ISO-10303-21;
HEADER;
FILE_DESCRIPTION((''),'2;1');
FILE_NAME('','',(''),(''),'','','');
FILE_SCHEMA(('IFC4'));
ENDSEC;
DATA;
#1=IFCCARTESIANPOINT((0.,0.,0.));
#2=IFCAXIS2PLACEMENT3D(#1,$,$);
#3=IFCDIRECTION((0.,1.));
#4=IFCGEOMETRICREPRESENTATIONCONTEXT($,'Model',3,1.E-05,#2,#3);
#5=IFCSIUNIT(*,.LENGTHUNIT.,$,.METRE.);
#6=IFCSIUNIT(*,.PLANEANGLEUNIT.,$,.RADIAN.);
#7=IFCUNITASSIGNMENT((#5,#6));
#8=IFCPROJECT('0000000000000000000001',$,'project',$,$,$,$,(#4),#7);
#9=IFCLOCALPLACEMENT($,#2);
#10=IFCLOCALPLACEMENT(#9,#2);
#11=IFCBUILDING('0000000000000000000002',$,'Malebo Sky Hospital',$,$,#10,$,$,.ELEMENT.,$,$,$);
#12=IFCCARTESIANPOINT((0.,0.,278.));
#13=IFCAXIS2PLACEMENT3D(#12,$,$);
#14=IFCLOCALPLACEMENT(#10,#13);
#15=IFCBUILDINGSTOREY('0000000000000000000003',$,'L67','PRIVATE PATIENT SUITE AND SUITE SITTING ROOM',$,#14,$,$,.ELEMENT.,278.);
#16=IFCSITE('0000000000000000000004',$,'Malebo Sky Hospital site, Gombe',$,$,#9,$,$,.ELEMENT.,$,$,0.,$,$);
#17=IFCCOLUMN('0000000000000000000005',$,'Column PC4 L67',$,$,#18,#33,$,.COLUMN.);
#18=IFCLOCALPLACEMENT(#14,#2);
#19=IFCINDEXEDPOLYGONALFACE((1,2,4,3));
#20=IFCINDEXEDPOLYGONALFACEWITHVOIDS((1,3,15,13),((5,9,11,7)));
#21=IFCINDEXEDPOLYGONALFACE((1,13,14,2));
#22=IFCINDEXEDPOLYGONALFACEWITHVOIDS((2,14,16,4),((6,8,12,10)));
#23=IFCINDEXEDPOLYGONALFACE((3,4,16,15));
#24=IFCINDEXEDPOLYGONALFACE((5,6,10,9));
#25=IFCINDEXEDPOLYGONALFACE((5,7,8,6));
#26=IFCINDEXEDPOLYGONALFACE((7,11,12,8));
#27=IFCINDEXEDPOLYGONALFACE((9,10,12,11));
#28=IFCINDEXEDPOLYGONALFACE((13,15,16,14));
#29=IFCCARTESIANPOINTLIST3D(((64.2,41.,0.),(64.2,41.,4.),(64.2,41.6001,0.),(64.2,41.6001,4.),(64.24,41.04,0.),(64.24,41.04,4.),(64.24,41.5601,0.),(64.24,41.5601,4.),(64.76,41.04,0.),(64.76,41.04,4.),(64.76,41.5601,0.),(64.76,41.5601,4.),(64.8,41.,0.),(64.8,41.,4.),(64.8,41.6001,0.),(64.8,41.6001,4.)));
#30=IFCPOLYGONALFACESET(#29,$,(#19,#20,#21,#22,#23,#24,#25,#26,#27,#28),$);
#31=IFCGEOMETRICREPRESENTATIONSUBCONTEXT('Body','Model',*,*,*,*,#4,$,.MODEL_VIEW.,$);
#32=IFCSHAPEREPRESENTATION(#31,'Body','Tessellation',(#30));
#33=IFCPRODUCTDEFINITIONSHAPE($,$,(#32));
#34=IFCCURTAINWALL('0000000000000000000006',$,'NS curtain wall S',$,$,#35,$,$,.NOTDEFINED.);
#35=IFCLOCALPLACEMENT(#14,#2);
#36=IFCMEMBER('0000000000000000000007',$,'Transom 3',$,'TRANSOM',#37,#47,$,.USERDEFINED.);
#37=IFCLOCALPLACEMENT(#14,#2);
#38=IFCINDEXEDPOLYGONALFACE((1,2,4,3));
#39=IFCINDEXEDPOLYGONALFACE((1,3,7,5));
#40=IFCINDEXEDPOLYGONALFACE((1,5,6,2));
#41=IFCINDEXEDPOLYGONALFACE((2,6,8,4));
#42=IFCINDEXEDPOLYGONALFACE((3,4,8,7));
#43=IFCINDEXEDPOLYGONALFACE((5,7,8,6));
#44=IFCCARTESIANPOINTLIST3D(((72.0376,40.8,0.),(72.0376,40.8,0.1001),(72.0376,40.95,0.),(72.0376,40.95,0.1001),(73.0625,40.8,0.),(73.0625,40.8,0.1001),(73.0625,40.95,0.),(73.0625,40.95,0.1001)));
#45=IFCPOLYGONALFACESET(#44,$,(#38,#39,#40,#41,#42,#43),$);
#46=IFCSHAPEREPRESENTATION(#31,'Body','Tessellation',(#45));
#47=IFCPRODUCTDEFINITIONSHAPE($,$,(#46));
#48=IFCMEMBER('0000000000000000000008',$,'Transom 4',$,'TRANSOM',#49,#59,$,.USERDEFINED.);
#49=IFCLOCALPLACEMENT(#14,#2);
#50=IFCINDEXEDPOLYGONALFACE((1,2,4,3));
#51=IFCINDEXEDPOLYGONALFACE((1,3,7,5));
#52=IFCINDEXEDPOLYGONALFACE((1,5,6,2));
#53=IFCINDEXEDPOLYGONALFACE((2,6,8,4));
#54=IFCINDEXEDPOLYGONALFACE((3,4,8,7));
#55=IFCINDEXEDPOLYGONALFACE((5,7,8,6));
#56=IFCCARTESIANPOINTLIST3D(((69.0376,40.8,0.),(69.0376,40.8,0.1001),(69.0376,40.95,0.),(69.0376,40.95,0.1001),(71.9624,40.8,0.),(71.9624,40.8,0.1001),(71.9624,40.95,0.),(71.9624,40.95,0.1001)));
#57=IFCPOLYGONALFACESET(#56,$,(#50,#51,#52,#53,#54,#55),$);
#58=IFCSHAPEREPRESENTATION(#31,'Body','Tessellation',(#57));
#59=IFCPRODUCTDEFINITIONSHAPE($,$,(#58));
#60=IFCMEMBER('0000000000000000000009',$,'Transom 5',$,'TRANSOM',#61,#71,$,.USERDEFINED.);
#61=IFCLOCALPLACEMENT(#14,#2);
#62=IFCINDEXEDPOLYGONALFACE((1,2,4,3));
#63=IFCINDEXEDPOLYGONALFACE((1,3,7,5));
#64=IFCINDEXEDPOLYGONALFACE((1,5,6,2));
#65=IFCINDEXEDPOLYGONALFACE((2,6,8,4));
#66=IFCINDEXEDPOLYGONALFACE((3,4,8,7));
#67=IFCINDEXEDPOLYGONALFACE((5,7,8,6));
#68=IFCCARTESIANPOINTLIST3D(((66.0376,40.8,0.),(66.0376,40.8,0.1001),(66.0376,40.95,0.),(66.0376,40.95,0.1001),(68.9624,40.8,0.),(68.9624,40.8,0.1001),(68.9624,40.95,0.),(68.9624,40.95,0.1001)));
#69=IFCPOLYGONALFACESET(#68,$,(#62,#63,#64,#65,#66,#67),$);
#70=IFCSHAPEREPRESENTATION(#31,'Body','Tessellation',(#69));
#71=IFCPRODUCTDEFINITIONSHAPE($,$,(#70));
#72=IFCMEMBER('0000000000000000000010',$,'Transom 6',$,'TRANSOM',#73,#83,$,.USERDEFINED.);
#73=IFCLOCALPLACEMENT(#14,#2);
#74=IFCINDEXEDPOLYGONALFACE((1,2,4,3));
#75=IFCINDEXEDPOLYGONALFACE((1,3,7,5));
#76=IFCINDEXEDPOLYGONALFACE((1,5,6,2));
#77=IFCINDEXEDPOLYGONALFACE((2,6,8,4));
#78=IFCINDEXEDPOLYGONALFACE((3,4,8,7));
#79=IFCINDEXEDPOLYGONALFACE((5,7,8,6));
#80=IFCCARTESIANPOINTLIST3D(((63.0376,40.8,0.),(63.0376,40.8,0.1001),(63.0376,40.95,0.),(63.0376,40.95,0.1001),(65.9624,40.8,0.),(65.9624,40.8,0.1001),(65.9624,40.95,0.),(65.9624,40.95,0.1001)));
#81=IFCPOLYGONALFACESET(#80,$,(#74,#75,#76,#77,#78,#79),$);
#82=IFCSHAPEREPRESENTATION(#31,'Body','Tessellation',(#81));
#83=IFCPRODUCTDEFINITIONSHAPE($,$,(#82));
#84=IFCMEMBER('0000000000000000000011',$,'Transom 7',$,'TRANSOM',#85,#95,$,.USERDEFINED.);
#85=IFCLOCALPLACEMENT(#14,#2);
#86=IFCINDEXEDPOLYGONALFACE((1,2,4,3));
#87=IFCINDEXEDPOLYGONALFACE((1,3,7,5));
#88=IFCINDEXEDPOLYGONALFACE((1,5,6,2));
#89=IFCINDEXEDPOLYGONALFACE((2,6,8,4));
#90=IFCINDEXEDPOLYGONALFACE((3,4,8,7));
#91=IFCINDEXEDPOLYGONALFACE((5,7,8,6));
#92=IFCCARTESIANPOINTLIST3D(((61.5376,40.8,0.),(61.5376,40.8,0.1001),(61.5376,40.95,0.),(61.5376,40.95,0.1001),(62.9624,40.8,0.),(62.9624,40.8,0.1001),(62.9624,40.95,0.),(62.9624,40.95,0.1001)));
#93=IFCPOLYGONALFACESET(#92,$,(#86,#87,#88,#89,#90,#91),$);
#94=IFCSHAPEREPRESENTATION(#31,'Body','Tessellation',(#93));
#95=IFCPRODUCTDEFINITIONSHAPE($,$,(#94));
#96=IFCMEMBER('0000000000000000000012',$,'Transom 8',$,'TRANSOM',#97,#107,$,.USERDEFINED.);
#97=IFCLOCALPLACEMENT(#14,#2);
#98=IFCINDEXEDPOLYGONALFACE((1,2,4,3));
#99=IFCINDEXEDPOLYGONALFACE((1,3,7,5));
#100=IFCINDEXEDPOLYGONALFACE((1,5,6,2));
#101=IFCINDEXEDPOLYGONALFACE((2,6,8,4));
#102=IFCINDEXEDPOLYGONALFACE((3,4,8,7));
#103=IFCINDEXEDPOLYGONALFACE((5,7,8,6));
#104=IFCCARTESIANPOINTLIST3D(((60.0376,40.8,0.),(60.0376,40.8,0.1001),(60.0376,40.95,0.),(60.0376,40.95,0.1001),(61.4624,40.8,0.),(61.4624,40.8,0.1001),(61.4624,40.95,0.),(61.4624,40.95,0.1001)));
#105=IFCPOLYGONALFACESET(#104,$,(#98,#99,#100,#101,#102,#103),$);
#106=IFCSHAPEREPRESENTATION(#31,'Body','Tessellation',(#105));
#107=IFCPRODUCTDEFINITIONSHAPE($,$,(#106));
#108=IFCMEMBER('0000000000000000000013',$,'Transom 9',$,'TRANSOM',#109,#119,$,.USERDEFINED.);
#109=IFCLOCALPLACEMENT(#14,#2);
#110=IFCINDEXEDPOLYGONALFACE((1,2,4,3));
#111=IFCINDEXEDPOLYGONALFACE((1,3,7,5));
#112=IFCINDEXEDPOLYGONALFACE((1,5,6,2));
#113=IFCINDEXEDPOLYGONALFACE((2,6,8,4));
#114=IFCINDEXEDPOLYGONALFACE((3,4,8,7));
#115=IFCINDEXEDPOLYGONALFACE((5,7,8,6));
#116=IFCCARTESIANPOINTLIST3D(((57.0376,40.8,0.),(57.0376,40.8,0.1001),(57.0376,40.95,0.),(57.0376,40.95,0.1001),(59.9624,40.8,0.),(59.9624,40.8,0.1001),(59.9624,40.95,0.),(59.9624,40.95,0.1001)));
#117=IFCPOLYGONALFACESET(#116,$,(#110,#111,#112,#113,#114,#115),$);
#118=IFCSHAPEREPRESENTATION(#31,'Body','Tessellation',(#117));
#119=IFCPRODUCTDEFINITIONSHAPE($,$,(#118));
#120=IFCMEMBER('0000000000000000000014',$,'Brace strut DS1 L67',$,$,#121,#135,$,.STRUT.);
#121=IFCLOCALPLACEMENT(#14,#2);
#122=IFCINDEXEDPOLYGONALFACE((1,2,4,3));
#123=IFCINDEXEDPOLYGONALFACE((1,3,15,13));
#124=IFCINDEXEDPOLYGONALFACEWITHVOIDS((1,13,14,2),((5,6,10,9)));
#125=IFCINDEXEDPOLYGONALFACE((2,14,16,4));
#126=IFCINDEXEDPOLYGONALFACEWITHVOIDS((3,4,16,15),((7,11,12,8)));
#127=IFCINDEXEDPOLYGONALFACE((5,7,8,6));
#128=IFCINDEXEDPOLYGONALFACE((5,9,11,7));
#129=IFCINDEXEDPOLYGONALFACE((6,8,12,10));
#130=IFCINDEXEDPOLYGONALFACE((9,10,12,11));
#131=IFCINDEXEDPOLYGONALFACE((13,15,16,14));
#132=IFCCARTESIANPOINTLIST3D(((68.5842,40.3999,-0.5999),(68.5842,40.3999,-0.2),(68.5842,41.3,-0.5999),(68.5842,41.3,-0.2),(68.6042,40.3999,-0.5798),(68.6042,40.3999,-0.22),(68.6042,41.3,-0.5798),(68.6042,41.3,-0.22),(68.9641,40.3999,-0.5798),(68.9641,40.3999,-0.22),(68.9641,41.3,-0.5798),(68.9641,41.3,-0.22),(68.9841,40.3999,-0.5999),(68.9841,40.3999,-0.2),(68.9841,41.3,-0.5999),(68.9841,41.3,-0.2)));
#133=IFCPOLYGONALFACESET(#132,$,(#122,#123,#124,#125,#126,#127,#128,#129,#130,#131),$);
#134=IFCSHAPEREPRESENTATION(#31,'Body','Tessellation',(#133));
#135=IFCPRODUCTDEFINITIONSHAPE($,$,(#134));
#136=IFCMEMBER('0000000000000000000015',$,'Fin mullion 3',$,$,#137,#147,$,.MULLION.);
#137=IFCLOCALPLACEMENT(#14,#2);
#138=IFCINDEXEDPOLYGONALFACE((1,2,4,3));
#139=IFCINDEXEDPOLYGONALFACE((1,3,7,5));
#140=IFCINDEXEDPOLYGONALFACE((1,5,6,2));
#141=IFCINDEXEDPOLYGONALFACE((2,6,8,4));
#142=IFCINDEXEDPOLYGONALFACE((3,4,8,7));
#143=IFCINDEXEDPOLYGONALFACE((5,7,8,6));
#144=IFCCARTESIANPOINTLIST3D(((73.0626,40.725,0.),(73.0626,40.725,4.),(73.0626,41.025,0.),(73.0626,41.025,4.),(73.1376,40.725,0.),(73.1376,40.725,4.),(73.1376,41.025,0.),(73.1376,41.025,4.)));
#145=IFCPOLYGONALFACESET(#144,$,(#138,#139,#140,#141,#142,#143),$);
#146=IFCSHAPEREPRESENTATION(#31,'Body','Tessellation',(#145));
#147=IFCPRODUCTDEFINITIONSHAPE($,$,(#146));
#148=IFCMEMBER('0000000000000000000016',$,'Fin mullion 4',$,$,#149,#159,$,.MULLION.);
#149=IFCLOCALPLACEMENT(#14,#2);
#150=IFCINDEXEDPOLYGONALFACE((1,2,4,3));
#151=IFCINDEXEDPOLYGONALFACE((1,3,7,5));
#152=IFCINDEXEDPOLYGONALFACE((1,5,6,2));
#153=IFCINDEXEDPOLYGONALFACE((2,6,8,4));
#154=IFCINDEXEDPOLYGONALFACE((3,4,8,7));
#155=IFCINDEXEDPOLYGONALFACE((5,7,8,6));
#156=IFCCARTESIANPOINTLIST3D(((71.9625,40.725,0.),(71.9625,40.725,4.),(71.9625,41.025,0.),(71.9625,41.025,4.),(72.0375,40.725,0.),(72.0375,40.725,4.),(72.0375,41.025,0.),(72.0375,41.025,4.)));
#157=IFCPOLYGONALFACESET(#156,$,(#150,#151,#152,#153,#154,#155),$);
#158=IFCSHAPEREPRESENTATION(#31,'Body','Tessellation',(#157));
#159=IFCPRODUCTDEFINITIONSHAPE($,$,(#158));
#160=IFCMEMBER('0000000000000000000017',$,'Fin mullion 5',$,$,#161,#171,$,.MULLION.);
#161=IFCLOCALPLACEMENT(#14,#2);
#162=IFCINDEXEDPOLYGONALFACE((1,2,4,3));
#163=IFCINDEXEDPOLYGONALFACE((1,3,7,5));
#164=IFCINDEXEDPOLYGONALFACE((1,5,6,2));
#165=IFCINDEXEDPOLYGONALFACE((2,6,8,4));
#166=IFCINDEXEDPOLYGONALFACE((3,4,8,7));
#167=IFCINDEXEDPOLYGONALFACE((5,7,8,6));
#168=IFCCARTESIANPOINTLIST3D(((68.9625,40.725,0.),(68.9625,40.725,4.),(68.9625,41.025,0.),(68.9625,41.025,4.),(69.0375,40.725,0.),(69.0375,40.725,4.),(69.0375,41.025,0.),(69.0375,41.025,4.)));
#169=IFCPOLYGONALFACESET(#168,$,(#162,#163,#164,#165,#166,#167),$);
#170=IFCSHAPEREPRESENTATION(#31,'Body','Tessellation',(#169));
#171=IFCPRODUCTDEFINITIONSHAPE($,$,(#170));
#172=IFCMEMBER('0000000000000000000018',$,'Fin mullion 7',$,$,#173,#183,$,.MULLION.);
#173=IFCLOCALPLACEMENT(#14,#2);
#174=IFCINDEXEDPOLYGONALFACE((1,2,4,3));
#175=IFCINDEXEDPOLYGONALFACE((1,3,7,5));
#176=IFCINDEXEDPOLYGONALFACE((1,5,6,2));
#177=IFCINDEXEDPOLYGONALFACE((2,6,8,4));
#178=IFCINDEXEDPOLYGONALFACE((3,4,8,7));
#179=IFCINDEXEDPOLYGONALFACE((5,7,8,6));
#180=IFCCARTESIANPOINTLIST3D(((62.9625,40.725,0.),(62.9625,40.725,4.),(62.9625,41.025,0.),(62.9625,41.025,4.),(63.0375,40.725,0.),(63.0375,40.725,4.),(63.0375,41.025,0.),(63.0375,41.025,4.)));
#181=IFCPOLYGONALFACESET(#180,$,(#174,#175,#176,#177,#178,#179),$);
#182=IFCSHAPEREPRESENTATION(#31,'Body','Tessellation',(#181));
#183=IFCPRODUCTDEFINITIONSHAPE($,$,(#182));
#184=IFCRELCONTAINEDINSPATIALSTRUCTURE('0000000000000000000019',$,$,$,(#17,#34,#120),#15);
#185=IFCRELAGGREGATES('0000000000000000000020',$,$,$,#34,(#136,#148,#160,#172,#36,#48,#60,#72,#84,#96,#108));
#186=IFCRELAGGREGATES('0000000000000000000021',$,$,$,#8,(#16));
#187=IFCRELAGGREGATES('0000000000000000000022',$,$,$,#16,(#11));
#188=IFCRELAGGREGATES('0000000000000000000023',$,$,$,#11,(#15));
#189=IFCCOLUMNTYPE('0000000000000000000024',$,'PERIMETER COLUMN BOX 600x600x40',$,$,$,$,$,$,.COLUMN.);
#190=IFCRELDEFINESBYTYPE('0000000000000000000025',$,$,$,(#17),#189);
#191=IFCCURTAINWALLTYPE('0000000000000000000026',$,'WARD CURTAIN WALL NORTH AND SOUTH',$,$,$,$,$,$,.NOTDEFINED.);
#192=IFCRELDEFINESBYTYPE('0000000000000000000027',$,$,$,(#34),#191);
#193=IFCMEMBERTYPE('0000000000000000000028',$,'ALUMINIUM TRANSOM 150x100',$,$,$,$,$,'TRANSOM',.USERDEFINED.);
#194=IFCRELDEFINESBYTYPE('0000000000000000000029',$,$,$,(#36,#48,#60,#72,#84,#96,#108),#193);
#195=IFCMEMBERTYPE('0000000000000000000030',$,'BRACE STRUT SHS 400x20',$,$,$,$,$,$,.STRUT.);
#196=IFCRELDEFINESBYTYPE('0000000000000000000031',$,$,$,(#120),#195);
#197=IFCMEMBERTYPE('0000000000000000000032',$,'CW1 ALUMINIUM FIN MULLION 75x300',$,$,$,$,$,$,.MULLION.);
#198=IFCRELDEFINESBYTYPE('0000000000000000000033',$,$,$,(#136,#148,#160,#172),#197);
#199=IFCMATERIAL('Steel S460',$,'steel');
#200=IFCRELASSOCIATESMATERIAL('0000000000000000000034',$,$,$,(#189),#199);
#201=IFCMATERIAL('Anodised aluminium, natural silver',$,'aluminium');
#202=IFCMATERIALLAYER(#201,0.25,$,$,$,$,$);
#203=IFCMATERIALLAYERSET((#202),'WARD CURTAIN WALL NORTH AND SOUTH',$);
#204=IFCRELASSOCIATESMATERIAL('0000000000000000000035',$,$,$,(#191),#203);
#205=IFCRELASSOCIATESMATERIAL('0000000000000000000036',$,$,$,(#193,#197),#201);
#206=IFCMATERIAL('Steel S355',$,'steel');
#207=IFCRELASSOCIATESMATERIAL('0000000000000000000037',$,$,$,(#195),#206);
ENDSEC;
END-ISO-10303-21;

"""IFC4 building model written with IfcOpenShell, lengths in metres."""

from ifc_helpers import new_model, si_unit, direction, frame, origin, origin_2d, place, context, subcontext, project, spatial, rectangle, hollow_rectangle, extrude, material, layer, layer_set, material_profile, profile_set, type_object, element, aggregate, save


model = new_model("IFC4")

# Units and contexts
model_context = context("Model", 3, precision=1e-05, world=origin(), true_north=direction((0.0, 1.0)))
body_context = subcontext(model_context, "Body", "Model", "MODEL_VIEW")
ifc_project = project(units=[si_unit("LENGTHUNIT", "METRE"), si_unit("PLANEANGLEUNIT", "RADIAN")], contexts=[model_context])

# Site, building, storey
site_placement = place(None, origin())
site = spatial("IfcSite", under=ifc_project, at=site_placement, Name="Malebo Sky Hospital site, Gombe", CompositionType="ELEMENT", RefElevation=0.0)
building_placement = place(site_placement, origin())
building = spatial("IfcBuilding", under=site, at=building_placement, Name="Malebo Sky Hospital", CompositionType="ELEMENT")
storey_placement = place(building_placement, frame((0.0, 0.0, 278.0)))
storey = spatial("IfcBuildingStorey", under=building, at=storey_placement, Name="L67", Description="PRIVATE PATIENT SUITE AND SUITE SITTING ROOM", CompositionType="ELEMENT", Elevation=278.0)

# Column
ifc_material_1 = material(Name="Steel S460", Category="steel")
ifc_material_profile_1 = material_profile(ifc_material_1, hollow_rectangle(XDim=0.6001, YDim=0.6001, WallThickness=0.04, at=origin_2d()), Name="BOX 600x600x40")
ifc_profile_set_1 = profile_set([ifc_material_profile_1], Name="Steel S460")
column_type = type_object("IfcColumnType", Name="PERIMETER COLUMN BOX 600x600x40", PredefinedType="COLUMN", material=ifc_profile_set_1)
column_placement = place(storey_placement, frame((64.5, 41.3, 0.0), z_axis=(0.0, 0.0, 1.0), x_axis=(1.0, 0.0, 0.0)))
element("IfcColumn", 1, at=column_placement, inside=storey, type_object=column_type, Name="Column PC4 L67", PredefinedType="COLUMN", context=body_context, shape_type="SweptSolid", body=[
    extrude(hollow_rectangle(XDim=0.6001, YDim=0.6001, WallThickness=0.04, at=origin_2d()), origin(), (0.0, 0.0, 1.0), 4.0),
])

# Curtain wall, members
ifc_material_2 = material(Name="Anodised aluminium, natural silver", Category="aluminium")
ifc_layer_1 = layer(ifc_material_2, 0.25)
ifc_layer_set_1 = layer_set([ifc_layer_1], Name="WARD CURTAIN WALL NORTH AND SOUTH")
curtain_wall_type = type_object("IfcCurtainWallType", Name="WARD CURTAIN WALL NORTH AND SOUTH", PredefinedType="NOTDEFINED", material=ifc_layer_set_1)
curtain_wall_placement = place(storey_placement, origin())
curtain_wall = element("IfcCurtainWall", 2, at=curtain_wall_placement, inside=storey, type_object=curtain_wall_type, Name="NS curtain wall S", PredefinedType="NOTDEFINED")
ifc_material_profile_2 = material_profile(ifc_material_2, rectangle(XDim=0.1499, YDim=0.1001, at=origin_2d()), Name="ALUMINIUM TRANSOM 150x100")
ifc_profile_set_2 = profile_set([ifc_material_profile_2], Name="Anodised aluminium, natural silver")
member_type_1 = type_object("IfcMemberType", Name="ALUMINIUM TRANSOM 150x100", ElementType="TRANSOM", PredefinedType="USERDEFINED", material=ifc_profile_set_2)
member_1_placement = place(storey_placement, frame((73.0625, 40.875, 0.05), z_axis=(-1.0, 0.0, 0.0), x_axis=(0.0, -1.0, 0.0)))
member_1 = element("IfcMember", 3, at=member_1_placement, type_object=member_type_1, Name="Transom 3", ObjectType="TRANSOM", PredefinedType="USERDEFINED", context=body_context, shape_type="SweptSolid", body=[
    extrude(rectangle(XDim=0.1499, YDim=0.1001, at=origin_2d()), origin(), (0.0, 0.0, 1.0), 1.0249),
])
member_2_placement = place(storey_placement, frame((71.9624, 40.875, 0.05), z_axis=(-1.0, 0.0, 0.0), x_axis=(0.0, -1.0, 0.0)))
member_2 = element("IfcMember", 4, at=member_2_placement, type_object=member_type_1, Name="Transom 4", ObjectType="TRANSOM", PredefinedType="USERDEFINED", context=body_context, shape_type="SweptSolid", body=[
    extrude(rectangle(XDim=0.1499, YDim=0.1001, at=origin_2d()), origin(), (0.0, 0.0, 1.0), 2.9248),
])
member_3_placement = place(storey_placement, frame((68.9624, 40.875, 0.05), z_axis=(-1.0, 0.0, 0.0), x_axis=(0.0, -1.0, 0.0)))
member_3 = element("IfcMember", 5, at=member_3_placement, type_object=member_type_1, Name="Transom 5", ObjectType="TRANSOM", PredefinedType="USERDEFINED", context=body_context, shape_type="SweptSolid", body=[
    extrude(rectangle(XDim=0.1499, YDim=0.1001, at=origin_2d()), origin(), (0.0, 0.0, 1.0), 2.9248),
])
member_4_placement = place(storey_placement, frame((65.9624, 40.875, 0.05), z_axis=(-1.0, 0.0, 0.0), x_axis=(0.0, -1.0, 0.0)))
member_4 = element("IfcMember", 6, at=member_4_placement, type_object=member_type_1, Name="Transom 6", ObjectType="TRANSOM", PredefinedType="USERDEFINED", context=body_context, shape_type="SweptSolid", body=[
    extrude(rectangle(XDim=0.1499, YDim=0.1001, at=origin_2d()), origin(), (0.0, 0.0, 1.0), 2.9248),
])
member_5_placement = place(storey_placement, frame((62.9624, 40.875, 0.05), z_axis=(-1.0, 0.0, 0.0), x_axis=(0.0, -1.0, 0.0)))
member_5 = element("IfcMember", 7, at=member_5_placement, type_object=member_type_1, Name="Transom 7", ObjectType="TRANSOM", PredefinedType="USERDEFINED", context=body_context, shape_type="SweptSolid", body=[
    extrude(rectangle(XDim=0.1499, YDim=0.1001, at=origin_2d()), origin(), (0.0, 0.0, 1.0), 1.4248),
])
member_6_placement = place(storey_placement, frame((61.4624, 40.875, 0.05), z_axis=(-1.0, 0.0, 0.0), x_axis=(0.0, -1.0, 0.0)))
member_6 = element("IfcMember", 8, at=member_6_placement, type_object=member_type_1, Name="Transom 8", ObjectType="TRANSOM", PredefinedType="USERDEFINED", context=body_context, shape_type="SweptSolid", body=[
    extrude(rectangle(XDim=0.1499, YDim=0.1001, at=origin_2d()), origin(), (0.0, 0.0, 1.0), 1.4248),
])
member_7_placement = place(storey_placement, frame((59.9624, 40.875, 0.05), z_axis=(-1.0, 0.0, 0.0), x_axis=(0.0, -1.0, 0.0)))
member_7 = element("IfcMember", 9, at=member_7_placement, type_object=member_type_1, Name="Transom 9", ObjectType="TRANSOM", PredefinedType="USERDEFINED", context=body_context, shape_type="SweptSolid", body=[
    extrude(rectangle(XDim=0.1499, YDim=0.1001, at=origin_2d()), origin(), (0.0, 0.0, 1.0), 2.9248),
])

# Members
ifc_material_3 = material(Name="Steel S355", Category="steel")
ifc_material_profile_3 = material_profile(ifc_material_3, hollow_rectangle(XDim=0.3999, YDim=0.3999, WallThickness=0.02, at=origin_2d()), Name="SHS 400x20")
ifc_profile_set_3 = profile_set([ifc_material_profile_3], Name="Steel S355")
member_type_2 = type_object("IfcMemberType", Name="BRACE STRUT SHS 400x20", PredefinedType="STRUT", material=ifc_profile_set_3)
member_8_placement = place(storey_placement, frame((68.7842, 40.3999, -0.3999), z_axis=(0.0, 1.0, 0.0), x_axis=(-1.0, 0.0, 0.0)))
element("IfcMember", 10, at=member_8_placement, inside=storey, type_object=member_type_2, Name="Brace strut DS1 L67", PredefinedType="STRUT", context=body_context, shape_type="SweptSolid", body=[
    extrude(hollow_rectangle(XDim=0.3999, YDim=0.3999, WallThickness=0.02, at=origin_2d()), origin(), (0.0, 0.0, 1.0), 0.9001),
])
ifc_material_profile_4 = material_profile(ifc_material_2, rectangle(XDim=0.075, YDim=0.3, at=origin_2d()), Name="CW1 ALUMINIUM FIN MULLION 75x300")
ifc_profile_set_4 = profile_set([ifc_material_profile_4], Name="Anodised aluminium, natural silver")
member_type_3 = type_object("IfcMemberType", Name="CW1 ALUMINIUM FIN MULLION 75x300", PredefinedType="MULLION", material=ifc_profile_set_4)
member_9_placement = place(storey_placement, frame((73.1001, 40.875, 0.0), z_axis=(0.0, 0.0, 1.0), x_axis=(-1.0, 0.0, 0.0)))
member_9 = element("IfcMember", 11, at=member_9_placement, type_object=member_type_3, Name="Fin mullion 3", PredefinedType="MULLION", context=body_context, shape_type="SweptSolid", body=[
    extrude(rectangle(XDim=0.075, YDim=0.3, at=origin_2d()), origin(), (0.0, 0.0, 1.0), 4.0),
])
member_10_placement = place(storey_placement, frame((72.0, 40.875, 0.0), z_axis=(0.0, 0.0, 1.0), x_axis=(-1.0, 0.0, 0.0)))
member_10 = element("IfcMember", 12, at=member_10_placement, type_object=member_type_3, Name="Fin mullion 4", PredefinedType="MULLION", context=body_context, shape_type="SweptSolid", body=[
    extrude(rectangle(XDim=0.075, YDim=0.3, at=origin_2d()), origin(), (0.0, 0.0, 1.0), 4.0),
])
member_11_placement = place(storey_placement, frame((69.0, 40.875, 0.0), z_axis=(0.0, 0.0, 1.0), x_axis=(-1.0, 0.0, 0.0)))
member_11 = element("IfcMember", 13, at=member_11_placement, type_object=member_type_3, Name="Fin mullion 5", PredefinedType="MULLION", context=body_context, shape_type="SweptSolid", body=[
    extrude(rectangle(XDim=0.075, YDim=0.3, at=origin_2d()), origin(), (0.0, 0.0, 1.0), 4.0),
])
member_12_placement = place(storey_placement, frame((63.0, 40.875, 0.0), z_axis=(0.0, 0.0, 1.0), x_axis=(-1.0, 0.0, 0.0)))
member_12 = element("IfcMember", 14, at=member_12_placement, type_object=member_type_3, Name="Fin mullion 7", PredefinedType="MULLION", context=body_context, shape_type="SweptSolid", body=[
    extrude(rectangle(XDim=0.075, YDim=0.3, at=origin_2d()), origin(), (0.0, 0.0, 1.0), 4.0),
])

aggregate(curtain_wall, [member_9, member_10, member_11, member_12, member_1, member_2, member_3, member_4, member_5, member_6, member_7])

save(model, "model.ifc")
